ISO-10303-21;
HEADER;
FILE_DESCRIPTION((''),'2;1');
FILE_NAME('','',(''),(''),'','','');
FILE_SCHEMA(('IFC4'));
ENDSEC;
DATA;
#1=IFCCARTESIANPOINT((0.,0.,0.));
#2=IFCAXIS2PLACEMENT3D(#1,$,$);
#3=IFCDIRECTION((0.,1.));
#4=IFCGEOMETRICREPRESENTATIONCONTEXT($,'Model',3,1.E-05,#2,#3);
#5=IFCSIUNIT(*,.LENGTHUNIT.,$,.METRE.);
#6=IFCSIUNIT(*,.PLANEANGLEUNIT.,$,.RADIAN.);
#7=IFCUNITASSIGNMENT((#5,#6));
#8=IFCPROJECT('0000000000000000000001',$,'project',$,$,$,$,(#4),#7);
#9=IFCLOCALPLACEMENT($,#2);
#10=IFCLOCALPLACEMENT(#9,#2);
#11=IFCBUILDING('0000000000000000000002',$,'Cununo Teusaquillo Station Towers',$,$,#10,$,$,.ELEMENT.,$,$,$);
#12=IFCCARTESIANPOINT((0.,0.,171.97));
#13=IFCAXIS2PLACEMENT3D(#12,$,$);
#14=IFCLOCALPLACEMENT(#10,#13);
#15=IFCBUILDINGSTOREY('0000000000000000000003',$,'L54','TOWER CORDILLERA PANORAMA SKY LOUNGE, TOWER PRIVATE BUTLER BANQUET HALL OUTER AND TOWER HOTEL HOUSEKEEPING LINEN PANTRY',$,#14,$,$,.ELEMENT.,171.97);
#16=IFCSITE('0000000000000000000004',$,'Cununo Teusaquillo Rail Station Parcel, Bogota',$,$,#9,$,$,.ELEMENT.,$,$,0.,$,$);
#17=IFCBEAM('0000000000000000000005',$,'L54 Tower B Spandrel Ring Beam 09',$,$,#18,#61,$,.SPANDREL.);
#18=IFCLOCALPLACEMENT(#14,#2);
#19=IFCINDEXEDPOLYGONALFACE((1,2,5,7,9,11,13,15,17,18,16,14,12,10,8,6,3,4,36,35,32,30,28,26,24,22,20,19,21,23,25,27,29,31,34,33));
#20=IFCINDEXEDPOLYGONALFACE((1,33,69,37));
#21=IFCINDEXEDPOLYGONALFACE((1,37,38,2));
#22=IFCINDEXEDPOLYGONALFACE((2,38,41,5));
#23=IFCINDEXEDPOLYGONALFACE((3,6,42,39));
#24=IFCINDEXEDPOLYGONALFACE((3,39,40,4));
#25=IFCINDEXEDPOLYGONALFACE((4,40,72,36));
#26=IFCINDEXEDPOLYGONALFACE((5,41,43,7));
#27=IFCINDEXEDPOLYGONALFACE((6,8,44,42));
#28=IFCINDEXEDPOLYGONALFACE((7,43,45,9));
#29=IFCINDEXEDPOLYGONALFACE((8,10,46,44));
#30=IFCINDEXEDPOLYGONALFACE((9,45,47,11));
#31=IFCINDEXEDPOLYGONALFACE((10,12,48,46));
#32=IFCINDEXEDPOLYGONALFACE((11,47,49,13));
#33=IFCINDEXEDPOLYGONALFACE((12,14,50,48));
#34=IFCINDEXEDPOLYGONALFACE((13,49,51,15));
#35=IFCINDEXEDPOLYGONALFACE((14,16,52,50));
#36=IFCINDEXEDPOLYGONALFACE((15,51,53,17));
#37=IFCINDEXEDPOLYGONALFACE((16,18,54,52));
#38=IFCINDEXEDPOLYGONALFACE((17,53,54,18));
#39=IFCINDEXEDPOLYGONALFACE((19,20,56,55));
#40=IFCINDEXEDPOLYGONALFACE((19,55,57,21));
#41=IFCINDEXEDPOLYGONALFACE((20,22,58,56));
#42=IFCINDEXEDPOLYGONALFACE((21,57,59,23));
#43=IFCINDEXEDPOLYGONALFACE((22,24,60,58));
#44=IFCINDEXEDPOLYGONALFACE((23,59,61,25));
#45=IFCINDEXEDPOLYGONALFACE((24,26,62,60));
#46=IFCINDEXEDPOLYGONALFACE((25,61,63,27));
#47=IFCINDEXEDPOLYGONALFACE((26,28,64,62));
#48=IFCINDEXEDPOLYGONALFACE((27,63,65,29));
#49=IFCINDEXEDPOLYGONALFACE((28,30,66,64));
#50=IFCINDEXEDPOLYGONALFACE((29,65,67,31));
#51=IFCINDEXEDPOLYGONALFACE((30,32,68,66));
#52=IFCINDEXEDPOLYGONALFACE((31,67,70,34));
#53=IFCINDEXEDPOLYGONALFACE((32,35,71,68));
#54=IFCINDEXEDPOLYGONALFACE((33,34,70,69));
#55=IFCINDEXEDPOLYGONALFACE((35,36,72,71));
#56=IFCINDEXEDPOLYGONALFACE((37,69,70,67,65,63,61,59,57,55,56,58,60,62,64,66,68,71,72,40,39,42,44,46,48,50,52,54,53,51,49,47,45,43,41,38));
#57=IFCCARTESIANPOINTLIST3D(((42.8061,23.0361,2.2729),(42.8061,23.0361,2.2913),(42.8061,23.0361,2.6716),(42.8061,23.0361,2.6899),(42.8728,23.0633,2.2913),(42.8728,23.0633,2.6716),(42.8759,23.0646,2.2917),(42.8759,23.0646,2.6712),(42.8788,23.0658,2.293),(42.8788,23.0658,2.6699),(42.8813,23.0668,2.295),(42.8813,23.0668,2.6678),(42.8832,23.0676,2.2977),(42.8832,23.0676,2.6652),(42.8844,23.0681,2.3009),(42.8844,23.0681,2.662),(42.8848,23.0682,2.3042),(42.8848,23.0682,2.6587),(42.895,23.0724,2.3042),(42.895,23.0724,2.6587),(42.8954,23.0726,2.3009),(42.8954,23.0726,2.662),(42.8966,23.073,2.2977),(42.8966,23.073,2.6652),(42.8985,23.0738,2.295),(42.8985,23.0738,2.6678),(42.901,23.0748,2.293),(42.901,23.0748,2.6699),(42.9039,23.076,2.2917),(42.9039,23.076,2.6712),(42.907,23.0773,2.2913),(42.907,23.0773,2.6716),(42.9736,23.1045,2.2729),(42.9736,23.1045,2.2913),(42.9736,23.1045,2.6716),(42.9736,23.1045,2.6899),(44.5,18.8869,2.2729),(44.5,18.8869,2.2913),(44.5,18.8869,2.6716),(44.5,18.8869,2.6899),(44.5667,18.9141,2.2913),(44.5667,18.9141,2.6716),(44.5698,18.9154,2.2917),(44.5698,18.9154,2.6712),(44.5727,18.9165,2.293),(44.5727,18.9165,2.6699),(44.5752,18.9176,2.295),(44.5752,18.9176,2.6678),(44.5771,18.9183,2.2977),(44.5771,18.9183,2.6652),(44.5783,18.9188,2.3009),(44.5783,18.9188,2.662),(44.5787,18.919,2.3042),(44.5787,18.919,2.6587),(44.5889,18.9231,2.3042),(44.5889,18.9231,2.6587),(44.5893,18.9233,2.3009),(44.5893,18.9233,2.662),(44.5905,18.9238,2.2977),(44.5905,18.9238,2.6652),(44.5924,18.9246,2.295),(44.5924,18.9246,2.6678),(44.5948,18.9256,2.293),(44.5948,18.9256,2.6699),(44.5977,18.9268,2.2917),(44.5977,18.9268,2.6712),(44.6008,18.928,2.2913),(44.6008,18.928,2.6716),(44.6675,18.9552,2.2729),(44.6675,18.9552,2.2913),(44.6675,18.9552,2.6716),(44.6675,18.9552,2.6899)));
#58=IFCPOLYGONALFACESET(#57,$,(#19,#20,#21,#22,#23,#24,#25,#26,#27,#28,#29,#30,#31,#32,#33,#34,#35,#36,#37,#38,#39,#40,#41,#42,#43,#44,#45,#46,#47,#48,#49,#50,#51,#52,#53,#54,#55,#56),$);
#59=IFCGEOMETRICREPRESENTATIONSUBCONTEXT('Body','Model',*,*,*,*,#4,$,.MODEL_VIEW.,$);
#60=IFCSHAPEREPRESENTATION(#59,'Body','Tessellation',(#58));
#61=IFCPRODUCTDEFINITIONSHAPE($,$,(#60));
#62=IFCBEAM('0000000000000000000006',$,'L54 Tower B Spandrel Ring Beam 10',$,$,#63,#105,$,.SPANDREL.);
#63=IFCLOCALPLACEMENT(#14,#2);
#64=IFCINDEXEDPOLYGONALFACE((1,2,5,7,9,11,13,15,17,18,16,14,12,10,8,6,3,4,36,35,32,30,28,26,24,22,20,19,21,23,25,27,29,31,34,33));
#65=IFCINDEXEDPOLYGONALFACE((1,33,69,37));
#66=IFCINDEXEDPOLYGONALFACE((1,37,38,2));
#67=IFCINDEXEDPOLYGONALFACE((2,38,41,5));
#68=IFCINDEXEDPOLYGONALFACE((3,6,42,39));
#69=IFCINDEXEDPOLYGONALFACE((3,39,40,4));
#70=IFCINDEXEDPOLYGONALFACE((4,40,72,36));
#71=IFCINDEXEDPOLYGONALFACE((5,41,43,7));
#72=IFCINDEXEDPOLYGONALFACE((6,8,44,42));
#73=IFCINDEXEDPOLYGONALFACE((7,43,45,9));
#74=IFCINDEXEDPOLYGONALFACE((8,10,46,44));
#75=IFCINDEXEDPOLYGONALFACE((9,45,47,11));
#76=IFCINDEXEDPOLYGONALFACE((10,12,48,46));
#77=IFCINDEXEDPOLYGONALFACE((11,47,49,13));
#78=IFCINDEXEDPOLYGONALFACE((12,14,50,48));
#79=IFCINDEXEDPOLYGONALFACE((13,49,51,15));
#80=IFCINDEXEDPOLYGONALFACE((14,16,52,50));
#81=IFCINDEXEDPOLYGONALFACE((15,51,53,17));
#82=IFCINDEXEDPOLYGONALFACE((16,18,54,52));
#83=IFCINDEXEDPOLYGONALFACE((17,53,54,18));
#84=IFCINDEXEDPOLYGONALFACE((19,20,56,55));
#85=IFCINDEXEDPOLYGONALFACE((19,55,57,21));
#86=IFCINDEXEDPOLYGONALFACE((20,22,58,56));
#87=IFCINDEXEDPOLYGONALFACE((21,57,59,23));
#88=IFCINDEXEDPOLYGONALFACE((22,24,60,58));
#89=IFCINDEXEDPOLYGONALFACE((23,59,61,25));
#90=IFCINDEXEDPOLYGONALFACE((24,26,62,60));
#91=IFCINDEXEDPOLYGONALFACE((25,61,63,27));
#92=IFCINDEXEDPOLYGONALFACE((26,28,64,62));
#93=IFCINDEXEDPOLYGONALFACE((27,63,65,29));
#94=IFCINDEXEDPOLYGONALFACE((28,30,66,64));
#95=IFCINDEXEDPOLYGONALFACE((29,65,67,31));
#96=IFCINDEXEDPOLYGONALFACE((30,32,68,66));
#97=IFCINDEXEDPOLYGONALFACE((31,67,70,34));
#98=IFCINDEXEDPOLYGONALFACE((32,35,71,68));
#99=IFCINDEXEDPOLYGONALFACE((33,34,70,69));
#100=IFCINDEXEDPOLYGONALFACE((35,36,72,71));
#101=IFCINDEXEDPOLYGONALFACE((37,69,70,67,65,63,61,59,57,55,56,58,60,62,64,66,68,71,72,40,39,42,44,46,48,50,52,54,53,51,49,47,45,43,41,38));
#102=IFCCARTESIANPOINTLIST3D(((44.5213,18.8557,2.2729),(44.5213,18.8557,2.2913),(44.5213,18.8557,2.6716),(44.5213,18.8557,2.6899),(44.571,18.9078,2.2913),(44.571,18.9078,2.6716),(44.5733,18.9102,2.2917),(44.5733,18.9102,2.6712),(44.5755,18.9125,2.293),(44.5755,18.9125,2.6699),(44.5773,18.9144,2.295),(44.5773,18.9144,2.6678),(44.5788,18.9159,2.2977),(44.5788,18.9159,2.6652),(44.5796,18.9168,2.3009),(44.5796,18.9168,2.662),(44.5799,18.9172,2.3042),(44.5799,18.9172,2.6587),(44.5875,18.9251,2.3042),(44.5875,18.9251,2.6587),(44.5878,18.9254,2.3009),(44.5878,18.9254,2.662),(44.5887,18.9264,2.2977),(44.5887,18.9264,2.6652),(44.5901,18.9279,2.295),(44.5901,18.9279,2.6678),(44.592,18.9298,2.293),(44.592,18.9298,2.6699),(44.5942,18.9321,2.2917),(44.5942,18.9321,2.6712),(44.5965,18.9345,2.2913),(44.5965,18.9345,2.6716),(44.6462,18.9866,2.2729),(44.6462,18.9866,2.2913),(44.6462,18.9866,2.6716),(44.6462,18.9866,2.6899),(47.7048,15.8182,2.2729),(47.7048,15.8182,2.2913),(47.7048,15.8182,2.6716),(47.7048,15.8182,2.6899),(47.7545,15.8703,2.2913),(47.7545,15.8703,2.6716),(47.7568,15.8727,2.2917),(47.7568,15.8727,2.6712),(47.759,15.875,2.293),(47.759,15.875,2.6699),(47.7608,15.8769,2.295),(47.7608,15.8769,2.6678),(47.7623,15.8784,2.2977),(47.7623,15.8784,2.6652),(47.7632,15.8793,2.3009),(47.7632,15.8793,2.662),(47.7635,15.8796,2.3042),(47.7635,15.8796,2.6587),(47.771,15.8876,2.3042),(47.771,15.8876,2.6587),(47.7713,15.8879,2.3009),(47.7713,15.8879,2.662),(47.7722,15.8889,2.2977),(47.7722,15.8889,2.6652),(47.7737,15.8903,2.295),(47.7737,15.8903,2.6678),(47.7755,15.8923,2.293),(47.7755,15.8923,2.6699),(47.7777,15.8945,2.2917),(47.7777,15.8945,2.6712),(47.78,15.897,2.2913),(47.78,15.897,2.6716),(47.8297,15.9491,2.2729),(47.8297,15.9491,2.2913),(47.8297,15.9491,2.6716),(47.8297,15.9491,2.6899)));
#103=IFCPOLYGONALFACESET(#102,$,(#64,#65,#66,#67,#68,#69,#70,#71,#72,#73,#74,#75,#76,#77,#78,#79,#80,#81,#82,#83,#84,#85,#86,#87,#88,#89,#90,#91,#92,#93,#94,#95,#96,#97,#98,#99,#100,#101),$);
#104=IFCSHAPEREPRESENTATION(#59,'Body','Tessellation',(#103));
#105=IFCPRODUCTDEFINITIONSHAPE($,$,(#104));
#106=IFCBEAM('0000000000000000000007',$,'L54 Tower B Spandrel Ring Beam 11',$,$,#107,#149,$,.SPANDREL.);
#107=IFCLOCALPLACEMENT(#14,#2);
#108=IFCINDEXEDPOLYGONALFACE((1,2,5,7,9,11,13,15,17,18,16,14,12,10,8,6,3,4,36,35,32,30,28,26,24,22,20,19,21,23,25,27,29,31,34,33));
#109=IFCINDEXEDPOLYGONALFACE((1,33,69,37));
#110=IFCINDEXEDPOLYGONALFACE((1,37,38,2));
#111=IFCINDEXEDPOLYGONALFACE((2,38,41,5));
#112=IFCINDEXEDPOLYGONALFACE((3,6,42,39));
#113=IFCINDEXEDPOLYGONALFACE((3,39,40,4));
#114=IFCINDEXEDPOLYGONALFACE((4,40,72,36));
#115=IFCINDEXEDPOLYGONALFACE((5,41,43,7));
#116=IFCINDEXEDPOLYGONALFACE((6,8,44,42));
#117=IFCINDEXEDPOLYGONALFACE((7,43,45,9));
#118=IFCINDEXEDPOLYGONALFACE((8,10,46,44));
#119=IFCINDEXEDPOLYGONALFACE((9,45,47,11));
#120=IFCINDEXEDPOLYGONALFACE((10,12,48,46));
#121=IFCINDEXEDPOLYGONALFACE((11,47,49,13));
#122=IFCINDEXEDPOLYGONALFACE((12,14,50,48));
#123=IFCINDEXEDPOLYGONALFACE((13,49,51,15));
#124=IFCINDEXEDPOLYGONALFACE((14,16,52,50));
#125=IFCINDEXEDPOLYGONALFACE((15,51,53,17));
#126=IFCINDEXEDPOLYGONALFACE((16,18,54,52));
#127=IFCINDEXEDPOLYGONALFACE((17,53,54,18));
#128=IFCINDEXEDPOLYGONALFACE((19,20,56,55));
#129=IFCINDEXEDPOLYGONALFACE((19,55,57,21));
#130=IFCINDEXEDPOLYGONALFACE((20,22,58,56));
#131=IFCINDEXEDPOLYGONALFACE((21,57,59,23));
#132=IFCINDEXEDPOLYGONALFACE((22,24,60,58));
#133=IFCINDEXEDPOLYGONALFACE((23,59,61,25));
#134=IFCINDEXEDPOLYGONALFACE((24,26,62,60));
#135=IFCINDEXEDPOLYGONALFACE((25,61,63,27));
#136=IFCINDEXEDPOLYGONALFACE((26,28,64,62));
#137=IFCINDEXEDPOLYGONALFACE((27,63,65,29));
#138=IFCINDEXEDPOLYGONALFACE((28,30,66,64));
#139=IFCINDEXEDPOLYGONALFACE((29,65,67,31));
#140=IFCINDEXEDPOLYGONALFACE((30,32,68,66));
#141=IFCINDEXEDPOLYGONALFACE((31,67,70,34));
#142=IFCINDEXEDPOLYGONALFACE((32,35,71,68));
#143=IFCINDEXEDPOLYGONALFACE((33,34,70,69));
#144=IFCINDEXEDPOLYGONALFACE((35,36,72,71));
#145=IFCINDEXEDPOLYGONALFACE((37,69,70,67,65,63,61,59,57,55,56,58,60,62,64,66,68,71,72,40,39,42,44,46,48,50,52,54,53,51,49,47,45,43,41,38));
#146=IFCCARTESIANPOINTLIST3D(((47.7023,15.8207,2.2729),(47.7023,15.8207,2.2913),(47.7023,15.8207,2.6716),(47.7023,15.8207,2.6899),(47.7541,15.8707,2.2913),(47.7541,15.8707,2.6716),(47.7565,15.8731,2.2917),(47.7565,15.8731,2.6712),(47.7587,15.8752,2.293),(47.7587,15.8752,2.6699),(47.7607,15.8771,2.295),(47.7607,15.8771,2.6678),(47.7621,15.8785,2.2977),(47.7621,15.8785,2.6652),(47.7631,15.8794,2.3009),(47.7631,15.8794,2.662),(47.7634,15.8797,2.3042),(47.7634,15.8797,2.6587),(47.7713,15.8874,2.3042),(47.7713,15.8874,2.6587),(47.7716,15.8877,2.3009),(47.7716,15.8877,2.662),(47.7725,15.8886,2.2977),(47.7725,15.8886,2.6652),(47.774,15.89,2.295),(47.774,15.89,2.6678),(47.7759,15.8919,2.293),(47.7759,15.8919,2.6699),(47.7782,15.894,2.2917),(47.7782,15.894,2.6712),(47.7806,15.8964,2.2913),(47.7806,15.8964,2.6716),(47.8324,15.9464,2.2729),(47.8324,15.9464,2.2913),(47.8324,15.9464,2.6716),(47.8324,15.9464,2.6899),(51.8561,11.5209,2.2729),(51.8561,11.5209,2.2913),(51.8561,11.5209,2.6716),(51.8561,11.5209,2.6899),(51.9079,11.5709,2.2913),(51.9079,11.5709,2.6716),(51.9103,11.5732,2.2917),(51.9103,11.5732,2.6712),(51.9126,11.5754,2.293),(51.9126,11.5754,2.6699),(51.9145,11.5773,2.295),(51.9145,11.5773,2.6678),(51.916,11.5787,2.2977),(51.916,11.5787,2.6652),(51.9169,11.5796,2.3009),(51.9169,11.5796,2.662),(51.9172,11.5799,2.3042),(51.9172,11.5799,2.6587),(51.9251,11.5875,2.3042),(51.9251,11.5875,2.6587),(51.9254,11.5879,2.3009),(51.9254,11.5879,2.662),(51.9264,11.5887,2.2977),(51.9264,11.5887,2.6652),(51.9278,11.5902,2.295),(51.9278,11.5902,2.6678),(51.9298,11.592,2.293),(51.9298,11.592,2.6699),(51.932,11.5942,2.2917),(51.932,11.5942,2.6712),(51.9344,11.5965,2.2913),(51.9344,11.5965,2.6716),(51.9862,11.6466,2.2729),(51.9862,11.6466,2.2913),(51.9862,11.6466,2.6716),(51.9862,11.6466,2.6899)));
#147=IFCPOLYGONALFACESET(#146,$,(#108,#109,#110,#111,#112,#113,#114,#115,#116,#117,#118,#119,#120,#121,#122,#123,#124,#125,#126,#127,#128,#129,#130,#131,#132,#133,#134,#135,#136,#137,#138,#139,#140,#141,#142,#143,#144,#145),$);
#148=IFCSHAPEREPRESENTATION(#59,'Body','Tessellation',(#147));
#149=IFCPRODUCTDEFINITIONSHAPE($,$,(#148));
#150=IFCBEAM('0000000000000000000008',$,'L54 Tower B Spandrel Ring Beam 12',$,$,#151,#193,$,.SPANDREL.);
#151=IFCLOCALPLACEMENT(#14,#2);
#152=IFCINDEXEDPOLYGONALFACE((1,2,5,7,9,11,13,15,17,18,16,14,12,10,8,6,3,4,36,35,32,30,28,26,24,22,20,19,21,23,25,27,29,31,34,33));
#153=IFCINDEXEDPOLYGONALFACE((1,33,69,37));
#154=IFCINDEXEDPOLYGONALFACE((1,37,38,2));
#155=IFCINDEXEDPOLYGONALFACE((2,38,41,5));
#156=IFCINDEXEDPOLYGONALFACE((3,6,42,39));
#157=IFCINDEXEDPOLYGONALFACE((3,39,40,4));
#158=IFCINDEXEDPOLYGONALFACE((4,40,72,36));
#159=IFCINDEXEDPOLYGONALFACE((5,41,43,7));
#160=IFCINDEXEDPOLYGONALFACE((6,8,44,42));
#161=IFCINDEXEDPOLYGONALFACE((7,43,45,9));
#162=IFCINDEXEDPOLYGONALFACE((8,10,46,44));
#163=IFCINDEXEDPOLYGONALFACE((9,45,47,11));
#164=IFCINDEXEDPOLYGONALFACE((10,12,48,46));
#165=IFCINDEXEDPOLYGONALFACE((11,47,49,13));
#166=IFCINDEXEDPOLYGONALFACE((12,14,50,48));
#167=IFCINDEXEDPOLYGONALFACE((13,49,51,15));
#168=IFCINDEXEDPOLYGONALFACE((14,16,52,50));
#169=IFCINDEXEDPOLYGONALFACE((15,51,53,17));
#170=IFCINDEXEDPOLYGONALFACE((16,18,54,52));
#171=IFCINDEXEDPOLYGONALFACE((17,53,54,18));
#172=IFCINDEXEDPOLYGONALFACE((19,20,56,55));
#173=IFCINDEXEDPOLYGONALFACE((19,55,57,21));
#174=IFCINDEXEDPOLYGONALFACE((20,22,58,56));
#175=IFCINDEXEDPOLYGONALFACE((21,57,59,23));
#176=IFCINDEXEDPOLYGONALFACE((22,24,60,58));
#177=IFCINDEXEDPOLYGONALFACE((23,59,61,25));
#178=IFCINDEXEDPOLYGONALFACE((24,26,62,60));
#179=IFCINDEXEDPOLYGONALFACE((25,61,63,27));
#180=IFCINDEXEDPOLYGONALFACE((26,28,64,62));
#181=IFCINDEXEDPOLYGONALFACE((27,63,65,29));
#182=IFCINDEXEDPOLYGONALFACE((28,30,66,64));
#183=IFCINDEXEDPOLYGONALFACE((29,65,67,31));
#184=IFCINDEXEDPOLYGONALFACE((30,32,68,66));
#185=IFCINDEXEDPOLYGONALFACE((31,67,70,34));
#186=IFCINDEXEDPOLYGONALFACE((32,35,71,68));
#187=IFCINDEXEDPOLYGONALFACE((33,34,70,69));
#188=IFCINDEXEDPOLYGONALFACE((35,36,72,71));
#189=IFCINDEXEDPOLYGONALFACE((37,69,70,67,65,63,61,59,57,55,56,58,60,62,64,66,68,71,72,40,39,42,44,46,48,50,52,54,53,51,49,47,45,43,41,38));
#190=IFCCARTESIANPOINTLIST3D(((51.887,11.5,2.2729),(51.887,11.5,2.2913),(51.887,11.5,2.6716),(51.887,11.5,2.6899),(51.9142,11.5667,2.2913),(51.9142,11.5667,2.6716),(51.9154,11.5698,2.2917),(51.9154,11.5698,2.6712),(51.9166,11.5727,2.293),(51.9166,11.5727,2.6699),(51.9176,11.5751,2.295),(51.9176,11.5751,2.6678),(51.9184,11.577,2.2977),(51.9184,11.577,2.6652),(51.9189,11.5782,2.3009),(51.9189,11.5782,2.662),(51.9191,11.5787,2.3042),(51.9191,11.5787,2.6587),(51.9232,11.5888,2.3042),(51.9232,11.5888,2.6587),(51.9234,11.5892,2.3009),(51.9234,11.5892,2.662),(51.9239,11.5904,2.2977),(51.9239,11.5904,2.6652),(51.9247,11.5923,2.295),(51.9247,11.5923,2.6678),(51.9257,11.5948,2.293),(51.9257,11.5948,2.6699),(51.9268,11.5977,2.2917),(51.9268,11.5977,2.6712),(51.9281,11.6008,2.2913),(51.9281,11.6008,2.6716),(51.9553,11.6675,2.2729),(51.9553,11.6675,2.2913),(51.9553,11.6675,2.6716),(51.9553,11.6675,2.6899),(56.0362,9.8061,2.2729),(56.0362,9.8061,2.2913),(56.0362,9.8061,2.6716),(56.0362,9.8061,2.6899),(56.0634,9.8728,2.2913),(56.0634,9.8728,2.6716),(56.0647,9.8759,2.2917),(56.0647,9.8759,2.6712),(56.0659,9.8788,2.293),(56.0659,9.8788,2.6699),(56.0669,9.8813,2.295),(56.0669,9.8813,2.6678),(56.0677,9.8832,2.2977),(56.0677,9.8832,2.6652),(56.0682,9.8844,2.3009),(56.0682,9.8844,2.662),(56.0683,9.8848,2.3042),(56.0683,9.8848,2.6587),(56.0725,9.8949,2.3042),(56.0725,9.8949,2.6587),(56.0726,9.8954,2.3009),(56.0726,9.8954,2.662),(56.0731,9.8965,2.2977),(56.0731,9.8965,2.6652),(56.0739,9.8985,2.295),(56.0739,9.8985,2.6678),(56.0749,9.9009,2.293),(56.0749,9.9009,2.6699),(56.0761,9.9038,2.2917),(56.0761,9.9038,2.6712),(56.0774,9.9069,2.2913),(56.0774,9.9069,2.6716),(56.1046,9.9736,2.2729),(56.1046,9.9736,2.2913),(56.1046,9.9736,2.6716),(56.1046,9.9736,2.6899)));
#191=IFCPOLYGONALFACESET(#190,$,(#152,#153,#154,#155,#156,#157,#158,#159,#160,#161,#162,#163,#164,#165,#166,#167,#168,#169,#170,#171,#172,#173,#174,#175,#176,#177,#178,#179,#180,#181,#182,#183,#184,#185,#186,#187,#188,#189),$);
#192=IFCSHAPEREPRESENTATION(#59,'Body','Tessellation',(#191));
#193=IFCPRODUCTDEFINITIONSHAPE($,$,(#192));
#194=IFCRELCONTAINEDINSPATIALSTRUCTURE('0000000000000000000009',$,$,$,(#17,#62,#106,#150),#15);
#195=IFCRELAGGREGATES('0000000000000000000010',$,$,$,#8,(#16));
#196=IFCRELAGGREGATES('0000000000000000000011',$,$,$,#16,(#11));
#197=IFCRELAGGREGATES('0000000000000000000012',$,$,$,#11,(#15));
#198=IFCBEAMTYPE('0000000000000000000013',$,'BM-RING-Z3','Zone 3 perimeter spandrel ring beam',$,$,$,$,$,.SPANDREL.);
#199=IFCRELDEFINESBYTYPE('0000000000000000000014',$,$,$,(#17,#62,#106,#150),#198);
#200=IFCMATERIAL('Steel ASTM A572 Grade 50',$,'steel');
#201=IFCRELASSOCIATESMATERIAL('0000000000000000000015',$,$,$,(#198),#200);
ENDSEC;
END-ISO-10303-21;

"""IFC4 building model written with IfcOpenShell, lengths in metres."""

from ifc_helpers import new_model, si_unit, direction, frame, origin, origin_2d, place, context, subcontext, project, spatial, i_section, extrude, material, material_profile, profile_set, type_object, element, save


model = new_model("IFC4")

# Units and contexts
model_context = context("Model", 3, precision=1e-05, world=origin(), true_north=direction((0.0, 1.0)))
body_context = subcontext(model_context, "Body", "Model", "MODEL_VIEW")
ifc_project = project(units=[si_unit("LENGTHUNIT", "METRE"), si_unit("PLANEANGLEUNIT", "RADIAN")], contexts=[model_context])

# Site, building, storey
site_placement = place(None, origin())
site = spatial("IfcSite", under=ifc_project, at=site_placement, Name="Cununo Teusaquillo Rail Station Parcel, Bogota", CompositionType="ELEMENT", RefElevation=0.0)
building_placement = place(site_placement, origin())
building = spatial("IfcBuilding", under=site, at=building_placement, Name="Cununo Teusaquillo Station Towers", CompositionType="ELEMENT")
storey_placement = place(building_placement, frame((0.0, 0.0, 171.97)))
storey = spatial("IfcBuildingStorey", under=building, at=storey_placement, Name="L54", Description="TOWER CORDILLERA PANORAMA SKY LOUNGE, TOWER PRIVATE BUTLER BANQUET HALL OUTER AND TOWER HOTEL HOUSEKEEPING LINEN PANTRY", CompositionType="ELEMENT", Elevation=171.97)

# Beams
ifc_material_1 = material(Name="Steel ASTM A572 Grade 50", Category="steel")
ifc_material_profile_1 = material_profile(ifc_material_1, i_section(OverallWidth=0.1809, OverallDepth=0.417, WebThickness=0.011, FlangeThickness=0.0183, FilletRadius=0.0129, at=origin_2d()), Name="W16X57")
ifc_profile_set_1 = profile_set([ifc_material_profile_1], Name="Steel ASTM A572 Grade 50")
beam_type_1 = type_object("IfcBeamType", Name="BM-RING-Z3", Description="Zone 3 perimeter spandrel ring beam", PredefinedType="SPANDREL", material=ifc_profile_set_1)
beam_1_placement = place(storey_placement, frame((42.8899, 23.0703, 2.4814), z_axis=(0.377956, -0.925824, 0.0), x_axis=(0.925824, 0.377956, 0.0)))
element("IfcBeam", 1, at=beam_1_placement, inside=storey, type_object=beam_type_1, Name="L54 Tower B Spandrel Ring Beam 09", PredefinedType="SPANDREL", context=body_context, shape_type="SweptSolid", body=[
    extrude(i_section(OverallWidth=0.1809, OverallDepth=0.417, WebThickness=0.011, FlangeThickness=0.0183, FilletRadius=0.0129, at=origin_2d()), origin(), (0.0, 0.0, 1.0), 4.4817),
])
beam_2_placement = place(storey_placement, frame((44.5837, 18.9211, 2.4814), z_axis=(0.723502, -0.690323, 0.0), x_axis=(0.690323, 0.723502, 0.0)))
element("IfcBeam", 2, at=beam_2_placement, inside=storey, type_object=beam_type_1, Name="L54 Tower B Spandrel Ring Beam 10", PredefinedType="SPANDREL", context=body_context, shape_type="SweptSolid", body=[
    extrude(i_section(OverallWidth=0.1809, OverallDepth=0.417, WebThickness=0.011, FlangeThickness=0.0183, FilletRadius=0.0129, at=origin_2d()), origin(), (0.0, 0.0, 1.0), 4.4001),
])
beam_3_placement = place(storey_placement, frame((47.7673, 15.8835, 2.4814), z_axis=(0.694791, -0.719211, 0.0), x_axis=(0.719211, 0.694791, 0.0)))
element("IfcBeam", 3, at=beam_3_placement, inside=storey, type_object=beam_type_1, Name="L54 Tower B Spandrel Ring Beam 11", PredefinedType="SPANDREL", context=body_context, shape_type="SweptSolid", body=[
    extrude(i_section(OverallWidth=0.1809, OverallDepth=0.417, WebThickness=0.011, FlangeThickness=0.0183, FilletRadius=0.0129, at=origin_2d()), origin(), (0.0, 0.0, 1.0), 5.9785),
])
beam_4_placement = place(storey_placement, frame((51.9211, 11.5837, 2.4814), z_axis=(0.925824, -0.377956, 0.0), x_axis=(0.377956, 0.925824, 0.0)))
element("IfcBeam", 4, at=beam_4_placement, inside=storey, type_object=beam_type_1, Name="L54 Tower B Spandrel Ring Beam 12", PredefinedType="SPANDREL", context=body_context, shape_type="SweptSolid", body=[
    extrude(i_section(OverallWidth=0.1809, OverallDepth=0.417, WebThickness=0.011, FlangeThickness=0.0183, FilletRadius=0.0129, at=origin_2d()), origin(), (0.0, 0.0, 1.0), 4.4817),
])

save(model, "model.ifc")
